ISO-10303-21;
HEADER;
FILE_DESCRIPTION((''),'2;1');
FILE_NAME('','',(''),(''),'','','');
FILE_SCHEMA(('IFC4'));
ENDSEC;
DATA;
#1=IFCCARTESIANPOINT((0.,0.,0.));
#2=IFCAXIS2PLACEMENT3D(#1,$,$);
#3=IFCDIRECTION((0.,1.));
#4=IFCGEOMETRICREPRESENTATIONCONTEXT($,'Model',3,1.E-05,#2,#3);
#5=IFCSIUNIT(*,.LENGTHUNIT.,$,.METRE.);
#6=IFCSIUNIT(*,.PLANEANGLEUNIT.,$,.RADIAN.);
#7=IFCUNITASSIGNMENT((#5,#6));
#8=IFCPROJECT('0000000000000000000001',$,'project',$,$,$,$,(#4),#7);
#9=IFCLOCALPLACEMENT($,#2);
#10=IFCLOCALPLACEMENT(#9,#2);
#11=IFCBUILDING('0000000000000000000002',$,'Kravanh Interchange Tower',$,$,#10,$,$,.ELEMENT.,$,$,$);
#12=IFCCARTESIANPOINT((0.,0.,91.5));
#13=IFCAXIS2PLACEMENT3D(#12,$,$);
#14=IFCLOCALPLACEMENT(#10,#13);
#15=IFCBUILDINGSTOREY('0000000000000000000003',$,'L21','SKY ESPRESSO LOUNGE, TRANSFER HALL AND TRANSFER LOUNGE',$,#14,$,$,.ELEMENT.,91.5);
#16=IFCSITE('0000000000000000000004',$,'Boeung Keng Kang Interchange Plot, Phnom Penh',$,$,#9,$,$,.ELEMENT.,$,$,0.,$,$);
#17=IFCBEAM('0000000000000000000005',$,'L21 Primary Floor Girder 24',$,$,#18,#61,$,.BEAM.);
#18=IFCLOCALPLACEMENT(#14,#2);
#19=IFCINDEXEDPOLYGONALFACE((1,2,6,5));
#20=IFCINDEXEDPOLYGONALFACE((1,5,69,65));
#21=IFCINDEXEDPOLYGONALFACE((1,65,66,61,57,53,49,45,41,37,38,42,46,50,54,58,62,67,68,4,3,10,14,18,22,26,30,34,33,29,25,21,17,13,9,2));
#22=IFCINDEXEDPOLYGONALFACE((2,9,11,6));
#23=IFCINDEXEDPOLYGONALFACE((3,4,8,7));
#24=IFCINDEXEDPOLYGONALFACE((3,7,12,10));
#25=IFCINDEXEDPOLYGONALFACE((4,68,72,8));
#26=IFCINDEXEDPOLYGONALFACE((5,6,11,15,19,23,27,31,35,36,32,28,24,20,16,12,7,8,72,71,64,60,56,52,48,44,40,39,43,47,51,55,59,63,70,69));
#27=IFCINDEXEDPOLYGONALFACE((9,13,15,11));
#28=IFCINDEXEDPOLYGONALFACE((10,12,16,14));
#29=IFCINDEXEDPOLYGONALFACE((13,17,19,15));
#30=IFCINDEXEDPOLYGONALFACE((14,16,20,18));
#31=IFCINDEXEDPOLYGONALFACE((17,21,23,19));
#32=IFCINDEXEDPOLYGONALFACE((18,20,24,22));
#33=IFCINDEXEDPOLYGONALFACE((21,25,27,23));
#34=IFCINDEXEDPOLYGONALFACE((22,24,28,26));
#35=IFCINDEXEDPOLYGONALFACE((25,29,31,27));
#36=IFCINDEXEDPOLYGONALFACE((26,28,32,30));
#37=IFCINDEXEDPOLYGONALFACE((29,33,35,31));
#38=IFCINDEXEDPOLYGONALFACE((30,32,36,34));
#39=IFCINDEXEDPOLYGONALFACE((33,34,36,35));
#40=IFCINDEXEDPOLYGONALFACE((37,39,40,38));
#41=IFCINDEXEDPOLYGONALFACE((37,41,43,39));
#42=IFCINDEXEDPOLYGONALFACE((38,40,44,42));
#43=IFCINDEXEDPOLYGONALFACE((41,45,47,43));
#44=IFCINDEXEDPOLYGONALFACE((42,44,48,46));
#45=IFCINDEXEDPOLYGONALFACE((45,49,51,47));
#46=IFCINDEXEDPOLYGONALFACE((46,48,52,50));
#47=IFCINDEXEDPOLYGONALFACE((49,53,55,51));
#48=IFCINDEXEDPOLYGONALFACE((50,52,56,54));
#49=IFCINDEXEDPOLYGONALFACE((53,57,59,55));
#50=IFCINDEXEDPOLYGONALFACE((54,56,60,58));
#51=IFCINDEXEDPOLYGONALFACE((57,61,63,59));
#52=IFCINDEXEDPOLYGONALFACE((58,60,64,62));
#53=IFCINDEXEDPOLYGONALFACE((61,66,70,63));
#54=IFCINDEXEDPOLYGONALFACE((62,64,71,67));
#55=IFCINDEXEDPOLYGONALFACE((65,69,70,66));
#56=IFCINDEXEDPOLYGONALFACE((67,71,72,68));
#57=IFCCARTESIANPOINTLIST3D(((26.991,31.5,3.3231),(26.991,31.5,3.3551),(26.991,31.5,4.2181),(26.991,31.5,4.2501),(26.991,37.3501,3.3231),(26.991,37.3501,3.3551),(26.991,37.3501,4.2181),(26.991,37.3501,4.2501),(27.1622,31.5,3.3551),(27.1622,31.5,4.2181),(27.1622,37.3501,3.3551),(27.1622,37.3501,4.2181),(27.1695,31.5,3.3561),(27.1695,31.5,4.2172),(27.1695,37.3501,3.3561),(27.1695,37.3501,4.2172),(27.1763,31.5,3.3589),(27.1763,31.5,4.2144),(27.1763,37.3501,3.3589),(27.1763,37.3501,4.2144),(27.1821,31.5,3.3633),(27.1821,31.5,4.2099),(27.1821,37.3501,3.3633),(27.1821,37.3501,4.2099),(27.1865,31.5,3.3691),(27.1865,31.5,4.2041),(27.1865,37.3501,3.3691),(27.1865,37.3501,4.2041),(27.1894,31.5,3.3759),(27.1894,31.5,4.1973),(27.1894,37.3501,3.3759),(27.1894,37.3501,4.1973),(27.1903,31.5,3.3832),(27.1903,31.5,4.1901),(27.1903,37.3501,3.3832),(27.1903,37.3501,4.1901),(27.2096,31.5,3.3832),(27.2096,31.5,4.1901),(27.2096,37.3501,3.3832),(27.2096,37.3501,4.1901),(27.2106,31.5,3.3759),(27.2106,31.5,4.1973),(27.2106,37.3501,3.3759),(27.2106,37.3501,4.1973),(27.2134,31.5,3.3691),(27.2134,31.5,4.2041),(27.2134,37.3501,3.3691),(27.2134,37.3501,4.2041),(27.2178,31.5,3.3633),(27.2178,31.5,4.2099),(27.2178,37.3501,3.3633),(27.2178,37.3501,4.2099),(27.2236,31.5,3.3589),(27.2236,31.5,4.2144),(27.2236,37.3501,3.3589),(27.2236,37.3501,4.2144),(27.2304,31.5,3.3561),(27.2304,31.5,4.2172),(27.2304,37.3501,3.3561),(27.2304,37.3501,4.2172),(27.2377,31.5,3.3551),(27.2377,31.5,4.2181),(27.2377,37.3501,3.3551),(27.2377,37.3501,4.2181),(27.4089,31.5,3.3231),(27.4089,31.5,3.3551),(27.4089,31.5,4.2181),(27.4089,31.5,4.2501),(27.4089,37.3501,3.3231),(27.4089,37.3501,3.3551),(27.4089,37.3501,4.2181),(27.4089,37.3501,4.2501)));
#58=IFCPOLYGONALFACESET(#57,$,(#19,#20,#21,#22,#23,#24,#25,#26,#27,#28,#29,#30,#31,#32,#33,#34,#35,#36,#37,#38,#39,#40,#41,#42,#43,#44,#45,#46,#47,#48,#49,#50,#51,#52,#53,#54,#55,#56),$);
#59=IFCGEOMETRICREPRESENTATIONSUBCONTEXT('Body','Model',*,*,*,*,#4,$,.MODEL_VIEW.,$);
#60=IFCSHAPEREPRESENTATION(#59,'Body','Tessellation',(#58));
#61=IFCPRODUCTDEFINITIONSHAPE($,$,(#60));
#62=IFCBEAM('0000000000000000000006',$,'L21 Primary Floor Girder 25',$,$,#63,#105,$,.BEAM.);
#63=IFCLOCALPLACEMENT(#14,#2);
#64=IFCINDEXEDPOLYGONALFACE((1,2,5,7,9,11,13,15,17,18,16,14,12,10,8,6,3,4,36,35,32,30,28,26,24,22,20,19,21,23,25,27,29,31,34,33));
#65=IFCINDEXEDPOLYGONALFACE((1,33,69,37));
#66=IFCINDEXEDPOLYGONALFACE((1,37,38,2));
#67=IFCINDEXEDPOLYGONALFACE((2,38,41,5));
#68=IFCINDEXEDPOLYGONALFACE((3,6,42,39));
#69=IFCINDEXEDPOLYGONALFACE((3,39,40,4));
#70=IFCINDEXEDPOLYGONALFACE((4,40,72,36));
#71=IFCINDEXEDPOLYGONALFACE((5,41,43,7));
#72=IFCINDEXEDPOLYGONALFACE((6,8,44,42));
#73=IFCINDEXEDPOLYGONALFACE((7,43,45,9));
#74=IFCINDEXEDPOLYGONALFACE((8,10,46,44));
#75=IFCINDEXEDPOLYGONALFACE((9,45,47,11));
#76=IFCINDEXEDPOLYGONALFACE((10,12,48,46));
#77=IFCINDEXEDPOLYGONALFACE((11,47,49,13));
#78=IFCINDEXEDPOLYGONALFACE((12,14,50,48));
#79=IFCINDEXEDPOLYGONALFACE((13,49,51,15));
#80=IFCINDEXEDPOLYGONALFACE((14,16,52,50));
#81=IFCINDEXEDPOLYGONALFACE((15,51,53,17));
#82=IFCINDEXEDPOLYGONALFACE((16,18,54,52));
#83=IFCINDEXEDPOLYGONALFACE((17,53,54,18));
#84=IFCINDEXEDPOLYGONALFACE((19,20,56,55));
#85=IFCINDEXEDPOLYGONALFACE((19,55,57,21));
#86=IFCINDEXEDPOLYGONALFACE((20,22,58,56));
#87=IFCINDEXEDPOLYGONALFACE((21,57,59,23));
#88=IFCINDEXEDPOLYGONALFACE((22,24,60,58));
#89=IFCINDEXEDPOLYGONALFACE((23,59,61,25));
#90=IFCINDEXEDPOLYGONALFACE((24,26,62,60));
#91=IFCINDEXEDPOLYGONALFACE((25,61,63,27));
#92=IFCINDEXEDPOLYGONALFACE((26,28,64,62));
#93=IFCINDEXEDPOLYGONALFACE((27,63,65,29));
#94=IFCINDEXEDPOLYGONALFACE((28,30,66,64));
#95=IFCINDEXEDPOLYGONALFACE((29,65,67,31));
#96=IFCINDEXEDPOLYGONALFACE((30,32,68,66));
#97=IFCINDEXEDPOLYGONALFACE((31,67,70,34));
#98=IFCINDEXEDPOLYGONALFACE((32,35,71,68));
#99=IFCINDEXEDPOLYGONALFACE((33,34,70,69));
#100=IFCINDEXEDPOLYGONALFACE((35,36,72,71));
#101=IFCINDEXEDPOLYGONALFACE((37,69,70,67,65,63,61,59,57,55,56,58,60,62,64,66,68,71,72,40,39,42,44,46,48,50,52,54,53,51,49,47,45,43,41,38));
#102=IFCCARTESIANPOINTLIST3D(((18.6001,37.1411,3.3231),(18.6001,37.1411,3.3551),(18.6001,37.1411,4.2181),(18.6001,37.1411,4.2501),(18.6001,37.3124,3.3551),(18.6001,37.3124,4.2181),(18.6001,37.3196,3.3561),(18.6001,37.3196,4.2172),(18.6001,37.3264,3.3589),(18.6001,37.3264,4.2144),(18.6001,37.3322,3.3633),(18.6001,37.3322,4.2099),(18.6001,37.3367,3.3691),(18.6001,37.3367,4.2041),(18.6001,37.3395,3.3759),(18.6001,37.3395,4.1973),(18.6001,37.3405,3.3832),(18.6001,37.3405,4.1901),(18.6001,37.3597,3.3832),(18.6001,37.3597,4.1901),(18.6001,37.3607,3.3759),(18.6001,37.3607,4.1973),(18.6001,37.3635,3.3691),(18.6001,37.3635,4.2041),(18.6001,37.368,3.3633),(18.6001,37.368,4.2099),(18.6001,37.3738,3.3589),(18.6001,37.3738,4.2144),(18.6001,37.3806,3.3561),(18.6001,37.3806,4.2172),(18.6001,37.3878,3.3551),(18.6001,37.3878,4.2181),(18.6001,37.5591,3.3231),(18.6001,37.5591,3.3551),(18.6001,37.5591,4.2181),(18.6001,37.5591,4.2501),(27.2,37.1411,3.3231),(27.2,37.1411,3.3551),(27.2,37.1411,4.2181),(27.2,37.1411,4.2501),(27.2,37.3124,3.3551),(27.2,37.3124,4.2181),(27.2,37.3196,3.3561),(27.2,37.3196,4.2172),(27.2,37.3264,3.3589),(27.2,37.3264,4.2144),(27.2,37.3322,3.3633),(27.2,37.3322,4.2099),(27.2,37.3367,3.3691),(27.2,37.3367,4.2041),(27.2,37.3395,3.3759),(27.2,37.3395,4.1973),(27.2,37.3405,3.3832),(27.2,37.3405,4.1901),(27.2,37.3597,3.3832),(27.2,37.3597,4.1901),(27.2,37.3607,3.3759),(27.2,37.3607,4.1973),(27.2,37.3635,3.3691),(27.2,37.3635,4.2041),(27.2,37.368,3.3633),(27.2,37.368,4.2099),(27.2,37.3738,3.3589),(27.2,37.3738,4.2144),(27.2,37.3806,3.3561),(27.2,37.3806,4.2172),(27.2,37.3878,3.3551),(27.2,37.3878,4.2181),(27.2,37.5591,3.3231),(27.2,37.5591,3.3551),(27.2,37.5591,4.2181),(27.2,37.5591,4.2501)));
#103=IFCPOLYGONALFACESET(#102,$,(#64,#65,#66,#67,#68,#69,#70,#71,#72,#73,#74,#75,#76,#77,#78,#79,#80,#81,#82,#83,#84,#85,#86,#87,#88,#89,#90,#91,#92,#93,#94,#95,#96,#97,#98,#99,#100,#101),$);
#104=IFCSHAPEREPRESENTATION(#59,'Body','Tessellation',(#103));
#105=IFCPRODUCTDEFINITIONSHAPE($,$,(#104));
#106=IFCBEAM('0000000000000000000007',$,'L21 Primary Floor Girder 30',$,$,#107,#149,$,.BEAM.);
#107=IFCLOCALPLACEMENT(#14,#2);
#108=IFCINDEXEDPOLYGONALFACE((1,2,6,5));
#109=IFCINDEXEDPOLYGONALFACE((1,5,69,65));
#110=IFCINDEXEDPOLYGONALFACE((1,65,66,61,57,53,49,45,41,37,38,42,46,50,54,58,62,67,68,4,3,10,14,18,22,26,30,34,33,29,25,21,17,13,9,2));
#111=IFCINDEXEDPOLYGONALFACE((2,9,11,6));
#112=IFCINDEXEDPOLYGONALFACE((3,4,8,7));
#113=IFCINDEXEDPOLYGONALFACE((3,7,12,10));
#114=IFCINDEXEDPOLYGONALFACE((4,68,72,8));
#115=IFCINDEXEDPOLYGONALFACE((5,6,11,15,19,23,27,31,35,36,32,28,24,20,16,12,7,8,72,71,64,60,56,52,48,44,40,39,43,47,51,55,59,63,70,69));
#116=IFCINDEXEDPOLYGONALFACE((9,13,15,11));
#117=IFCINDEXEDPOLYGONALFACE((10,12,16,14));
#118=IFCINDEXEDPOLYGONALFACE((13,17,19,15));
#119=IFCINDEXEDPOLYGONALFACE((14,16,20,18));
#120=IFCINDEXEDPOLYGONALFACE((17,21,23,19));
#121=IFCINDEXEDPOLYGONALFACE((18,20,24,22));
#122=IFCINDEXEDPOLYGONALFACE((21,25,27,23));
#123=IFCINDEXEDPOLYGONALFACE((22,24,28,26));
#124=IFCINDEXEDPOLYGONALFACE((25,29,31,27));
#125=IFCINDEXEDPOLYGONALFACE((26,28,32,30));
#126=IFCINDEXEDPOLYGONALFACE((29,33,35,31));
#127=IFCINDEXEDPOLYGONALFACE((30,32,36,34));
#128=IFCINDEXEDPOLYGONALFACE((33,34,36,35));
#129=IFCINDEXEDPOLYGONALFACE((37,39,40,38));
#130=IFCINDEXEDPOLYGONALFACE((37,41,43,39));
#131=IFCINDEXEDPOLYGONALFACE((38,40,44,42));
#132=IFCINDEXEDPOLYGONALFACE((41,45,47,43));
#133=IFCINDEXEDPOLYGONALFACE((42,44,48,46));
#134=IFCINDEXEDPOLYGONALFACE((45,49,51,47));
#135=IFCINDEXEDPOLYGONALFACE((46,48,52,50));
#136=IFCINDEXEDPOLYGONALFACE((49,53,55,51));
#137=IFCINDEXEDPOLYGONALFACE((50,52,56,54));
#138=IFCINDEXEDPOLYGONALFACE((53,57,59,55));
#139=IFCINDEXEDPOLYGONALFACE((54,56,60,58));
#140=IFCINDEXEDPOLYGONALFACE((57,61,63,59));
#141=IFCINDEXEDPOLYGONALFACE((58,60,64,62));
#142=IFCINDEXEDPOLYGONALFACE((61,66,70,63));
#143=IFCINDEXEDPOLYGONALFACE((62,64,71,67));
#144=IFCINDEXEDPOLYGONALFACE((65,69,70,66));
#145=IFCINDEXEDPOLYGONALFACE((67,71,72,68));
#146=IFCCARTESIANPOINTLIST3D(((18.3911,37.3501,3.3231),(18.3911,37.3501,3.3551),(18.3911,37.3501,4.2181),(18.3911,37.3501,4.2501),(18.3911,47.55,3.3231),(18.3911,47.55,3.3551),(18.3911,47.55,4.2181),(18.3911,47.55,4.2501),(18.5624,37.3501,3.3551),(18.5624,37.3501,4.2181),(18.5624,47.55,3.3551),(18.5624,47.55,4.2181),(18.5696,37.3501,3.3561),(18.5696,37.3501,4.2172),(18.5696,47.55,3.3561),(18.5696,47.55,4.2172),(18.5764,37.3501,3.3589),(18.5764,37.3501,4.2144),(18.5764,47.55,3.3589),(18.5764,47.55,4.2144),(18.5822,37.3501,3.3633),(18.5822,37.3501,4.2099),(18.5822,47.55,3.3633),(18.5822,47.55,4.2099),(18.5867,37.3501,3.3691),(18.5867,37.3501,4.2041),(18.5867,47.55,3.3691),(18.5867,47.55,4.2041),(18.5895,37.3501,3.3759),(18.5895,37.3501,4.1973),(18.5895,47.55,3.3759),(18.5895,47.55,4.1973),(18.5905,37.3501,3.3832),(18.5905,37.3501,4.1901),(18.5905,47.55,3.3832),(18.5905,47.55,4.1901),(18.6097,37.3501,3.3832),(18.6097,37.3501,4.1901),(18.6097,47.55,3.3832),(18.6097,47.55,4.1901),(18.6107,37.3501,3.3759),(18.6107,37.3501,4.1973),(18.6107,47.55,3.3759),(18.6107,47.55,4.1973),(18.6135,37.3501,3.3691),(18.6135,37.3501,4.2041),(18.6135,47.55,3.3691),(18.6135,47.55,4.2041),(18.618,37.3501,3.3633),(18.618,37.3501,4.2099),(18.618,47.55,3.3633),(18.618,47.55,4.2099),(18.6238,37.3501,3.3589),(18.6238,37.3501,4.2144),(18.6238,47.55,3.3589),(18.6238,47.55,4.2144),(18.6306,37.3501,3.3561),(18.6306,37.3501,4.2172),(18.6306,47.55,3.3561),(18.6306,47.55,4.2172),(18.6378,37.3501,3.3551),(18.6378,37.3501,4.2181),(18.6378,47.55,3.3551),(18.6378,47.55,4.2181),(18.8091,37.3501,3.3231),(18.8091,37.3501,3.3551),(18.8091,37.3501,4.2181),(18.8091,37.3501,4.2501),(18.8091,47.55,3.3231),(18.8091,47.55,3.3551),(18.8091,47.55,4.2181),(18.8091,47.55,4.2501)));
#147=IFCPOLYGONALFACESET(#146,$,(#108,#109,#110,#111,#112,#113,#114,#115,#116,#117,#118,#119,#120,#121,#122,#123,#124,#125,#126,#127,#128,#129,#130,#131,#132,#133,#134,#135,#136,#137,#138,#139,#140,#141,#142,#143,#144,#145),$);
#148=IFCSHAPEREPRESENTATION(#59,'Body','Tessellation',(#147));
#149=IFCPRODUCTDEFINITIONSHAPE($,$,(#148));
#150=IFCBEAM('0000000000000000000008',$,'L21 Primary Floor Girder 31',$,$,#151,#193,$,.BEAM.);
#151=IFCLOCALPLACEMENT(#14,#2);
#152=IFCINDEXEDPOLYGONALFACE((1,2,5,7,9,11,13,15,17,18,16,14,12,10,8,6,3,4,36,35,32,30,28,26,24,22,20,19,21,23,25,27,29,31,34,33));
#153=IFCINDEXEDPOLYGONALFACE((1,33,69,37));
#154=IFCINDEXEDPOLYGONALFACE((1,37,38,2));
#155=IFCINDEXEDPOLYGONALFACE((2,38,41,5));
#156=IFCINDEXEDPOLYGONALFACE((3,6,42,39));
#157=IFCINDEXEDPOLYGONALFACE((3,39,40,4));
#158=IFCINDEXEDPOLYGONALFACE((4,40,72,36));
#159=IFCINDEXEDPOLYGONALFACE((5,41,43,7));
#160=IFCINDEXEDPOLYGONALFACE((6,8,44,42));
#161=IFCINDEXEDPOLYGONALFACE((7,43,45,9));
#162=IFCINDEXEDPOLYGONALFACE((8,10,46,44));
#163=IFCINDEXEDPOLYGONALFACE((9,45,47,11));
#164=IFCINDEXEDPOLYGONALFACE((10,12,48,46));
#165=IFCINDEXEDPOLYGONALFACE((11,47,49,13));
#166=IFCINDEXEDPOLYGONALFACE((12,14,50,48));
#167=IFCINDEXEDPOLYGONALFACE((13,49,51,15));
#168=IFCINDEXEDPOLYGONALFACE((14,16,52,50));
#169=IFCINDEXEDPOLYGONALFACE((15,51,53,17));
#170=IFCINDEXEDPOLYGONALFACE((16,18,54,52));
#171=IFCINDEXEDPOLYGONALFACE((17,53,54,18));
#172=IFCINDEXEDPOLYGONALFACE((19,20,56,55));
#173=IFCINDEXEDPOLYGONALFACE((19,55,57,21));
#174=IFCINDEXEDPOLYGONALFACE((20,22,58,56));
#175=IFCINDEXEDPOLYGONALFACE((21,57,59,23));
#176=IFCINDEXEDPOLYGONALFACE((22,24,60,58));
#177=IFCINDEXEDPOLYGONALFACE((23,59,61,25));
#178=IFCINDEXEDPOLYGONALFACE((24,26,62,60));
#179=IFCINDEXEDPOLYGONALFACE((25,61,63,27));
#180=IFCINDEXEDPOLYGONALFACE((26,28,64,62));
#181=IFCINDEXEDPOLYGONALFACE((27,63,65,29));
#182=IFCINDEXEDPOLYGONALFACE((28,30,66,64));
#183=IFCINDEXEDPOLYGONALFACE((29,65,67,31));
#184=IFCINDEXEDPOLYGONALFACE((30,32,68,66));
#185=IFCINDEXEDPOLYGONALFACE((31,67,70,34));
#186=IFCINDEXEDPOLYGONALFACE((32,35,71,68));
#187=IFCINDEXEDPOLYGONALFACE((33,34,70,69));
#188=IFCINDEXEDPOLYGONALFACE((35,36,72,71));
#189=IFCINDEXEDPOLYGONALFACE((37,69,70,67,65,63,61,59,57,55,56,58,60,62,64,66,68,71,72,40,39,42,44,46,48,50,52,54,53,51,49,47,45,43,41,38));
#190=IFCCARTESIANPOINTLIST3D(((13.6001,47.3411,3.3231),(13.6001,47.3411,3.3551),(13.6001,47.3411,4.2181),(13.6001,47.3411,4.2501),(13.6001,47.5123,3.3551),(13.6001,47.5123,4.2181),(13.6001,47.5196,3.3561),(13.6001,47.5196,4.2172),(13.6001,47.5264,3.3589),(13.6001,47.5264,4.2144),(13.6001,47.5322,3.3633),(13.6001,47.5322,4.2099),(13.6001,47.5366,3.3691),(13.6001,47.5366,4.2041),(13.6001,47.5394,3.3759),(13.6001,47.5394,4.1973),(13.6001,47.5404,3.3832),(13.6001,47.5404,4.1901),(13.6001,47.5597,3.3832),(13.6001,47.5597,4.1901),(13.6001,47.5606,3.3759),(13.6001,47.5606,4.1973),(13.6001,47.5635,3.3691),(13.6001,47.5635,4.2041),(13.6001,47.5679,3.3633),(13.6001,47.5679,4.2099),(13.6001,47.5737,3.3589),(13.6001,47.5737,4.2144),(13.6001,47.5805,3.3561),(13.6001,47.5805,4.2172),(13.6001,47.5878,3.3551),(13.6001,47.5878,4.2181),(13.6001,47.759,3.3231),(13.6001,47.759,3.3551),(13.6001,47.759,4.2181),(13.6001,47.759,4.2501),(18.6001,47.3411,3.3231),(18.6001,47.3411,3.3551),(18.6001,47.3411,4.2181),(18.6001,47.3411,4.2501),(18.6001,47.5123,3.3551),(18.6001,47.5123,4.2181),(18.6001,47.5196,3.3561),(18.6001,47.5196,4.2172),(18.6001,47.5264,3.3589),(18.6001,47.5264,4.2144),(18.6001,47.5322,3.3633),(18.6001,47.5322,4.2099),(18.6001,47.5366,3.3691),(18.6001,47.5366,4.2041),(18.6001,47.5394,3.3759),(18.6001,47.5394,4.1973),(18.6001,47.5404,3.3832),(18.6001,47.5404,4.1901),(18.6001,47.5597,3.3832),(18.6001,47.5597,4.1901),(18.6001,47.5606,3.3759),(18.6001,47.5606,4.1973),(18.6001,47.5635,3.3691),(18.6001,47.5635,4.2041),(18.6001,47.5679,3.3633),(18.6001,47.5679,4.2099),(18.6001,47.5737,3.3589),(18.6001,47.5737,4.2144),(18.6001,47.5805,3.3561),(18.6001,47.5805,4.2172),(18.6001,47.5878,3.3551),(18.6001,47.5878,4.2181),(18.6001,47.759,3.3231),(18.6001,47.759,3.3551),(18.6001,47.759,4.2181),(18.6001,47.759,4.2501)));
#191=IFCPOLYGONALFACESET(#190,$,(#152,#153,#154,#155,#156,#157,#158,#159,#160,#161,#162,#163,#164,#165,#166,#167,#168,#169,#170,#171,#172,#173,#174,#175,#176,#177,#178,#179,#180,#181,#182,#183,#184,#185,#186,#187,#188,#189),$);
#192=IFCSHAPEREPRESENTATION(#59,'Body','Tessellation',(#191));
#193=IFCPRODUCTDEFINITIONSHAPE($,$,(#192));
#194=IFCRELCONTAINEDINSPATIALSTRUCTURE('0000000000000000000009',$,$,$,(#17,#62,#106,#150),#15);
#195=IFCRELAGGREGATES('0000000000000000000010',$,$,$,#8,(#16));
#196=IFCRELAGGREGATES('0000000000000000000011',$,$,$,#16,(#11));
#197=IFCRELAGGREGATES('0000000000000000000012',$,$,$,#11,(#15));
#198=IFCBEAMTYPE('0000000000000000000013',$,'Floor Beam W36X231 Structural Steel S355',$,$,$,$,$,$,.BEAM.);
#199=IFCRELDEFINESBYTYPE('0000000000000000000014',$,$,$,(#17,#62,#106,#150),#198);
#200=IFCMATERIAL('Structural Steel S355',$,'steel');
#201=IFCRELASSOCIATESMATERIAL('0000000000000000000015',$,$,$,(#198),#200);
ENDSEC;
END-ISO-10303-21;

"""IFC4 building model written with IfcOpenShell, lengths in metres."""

from ifc_helpers import new_model, si_unit, direction, frame, origin, origin_2d, place, context, subcontext, project, spatial, i_section, extrude, material, material_profile, profile_set, type_object, element, save


model = new_model("IFC4")

# Units and contexts
model_context = context("Model", 3, precision=1e-05, world=origin(), true_north=direction((0.0, 1.0)))
body_context = subcontext(model_context, "Body", "Model", "MODEL_VIEW")
ifc_project = project(units=[si_unit("LENGTHUNIT", "METRE"), si_unit("PLANEANGLEUNIT", "RADIAN")], contexts=[model_context])

# Site, building, storey
site_placement = place(None, origin())
site = spatial("IfcSite", under=ifc_project, at=site_placement, Name="Boeung Keng Kang Interchange Plot, Phnom Penh", CompositionType="ELEMENT", RefElevation=0.0)
building_placement = place(site_placement, origin())
building = spatial("IfcBuilding", under=site, at=building_placement, Name="Kravanh Interchange Tower", CompositionType="ELEMENT")
storey_placement = place(building_placement, frame((0.0, 0.0, 91.5)))
storey = spatial("IfcBuildingStorey", under=building, at=storey_placement, Name="L21", Description="SKY ESPRESSO LOUNGE, TRANSFER HALL AND TRANSFER LOUNGE", CompositionType="ELEMENT", Elevation=91.5)

# Beams
ifc_material_1 = material(Name="Structural Steel S355", Category="steel")
ifc_material_profile_1 = material_profile(ifc_material_1, i_section(OverallWidth=0.418, OverallDepth=0.927, WebThickness=0.0193, FlangeThickness=0.032, FilletRadius=0.0281, at=origin_2d()), Name="W36X231")
ifc_profile_set_1 = profile_set([ifc_material_profile_1], Name="Structural Steel S355")
beam_type = type_object("IfcBeamType", Name="Floor Beam W36X231 Structural Steel S355", PredefinedType="BEAM", material=ifc_profile_set_1)
beam_1_placement = place(storey_placement, frame((27.2, 37.3501, 3.7866), z_axis=(0.0, -1.0, 0.0), x_axis=(1.0, 0.0, 0.0)))
element("IfcBeam", 1, at=beam_1_placement, inside=storey, type_object=beam_type, Name="L21 Primary Floor Girder 24", PredefinedType="BEAM", context=body_context, shape_type="SweptSolid", body=[
    extrude(i_section(OverallWidth=0.418, OverallDepth=0.927, WebThickness=0.0193, FlangeThickness=0.032, FilletRadius=0.0281, at=origin_2d()), origin(), (0.0, 0.0, 1.0), 5.8501),
])
beam_2_placement = place(storey_placement, frame((27.2, 37.3501, 3.7866), z_axis=(-1.0, 0.0, 0.0), x_axis=(0.0, -1.0, 0.0)))
element("IfcBeam", 2, at=beam_2_placement, inside=storey, type_object=beam_type, Name="L21 Primary Floor Girder 25", PredefinedType="BEAM", context=body_context, shape_type="SweptSolid", body=[
    extrude(i_section(OverallWidth=0.418, OverallDepth=0.927, WebThickness=0.0193, FlangeThickness=0.032, FilletRadius=0.0281, at=origin_2d()), origin(), (0.0, 0.0, 1.0), 8.5999),
])
beam_3_placement = place(storey_placement, frame((18.6001, 37.3501, 3.7866), z_axis=(0.0, 1.0, 0.0), x_axis=(-1.0, 0.0, 0.0)))
element("IfcBeam", 3, at=beam_3_placement, inside=storey, type_object=beam_type, Name="L21 Primary Floor Girder 30", PredefinedType="BEAM", context=body_context, shape_type="SweptSolid", body=[
    extrude(i_section(OverallWidth=0.418, OverallDepth=0.927, WebThickness=0.0193, FlangeThickness=0.032, FilletRadius=0.0281, at=origin_2d()), origin(), (0.0, 0.0, 1.0), 10.2),
])
beam_4_placement = place(storey_placement, frame((18.6001, 47.55, 3.7866), z_axis=(-1.0, 0.0, 0.0), x_axis=(0.0, -1.0, 0.0)))
element("IfcBeam", 4, at=beam_4_placement, inside=storey, type_object=beam_type, Name="L21 Primary Floor Girder 31", PredefinedType="BEAM", context=body_context, shape_type="SweptSolid", body=[
    extrude(i_section(OverallWidth=0.418, OverallDepth=0.927, WebThickness=0.0193, FlangeThickness=0.032, FilletRadius=0.0281, at=origin_2d()), origin(), (0.0, 0.0, 1.0), 5.0),
])

save(model, "model.ifc")
